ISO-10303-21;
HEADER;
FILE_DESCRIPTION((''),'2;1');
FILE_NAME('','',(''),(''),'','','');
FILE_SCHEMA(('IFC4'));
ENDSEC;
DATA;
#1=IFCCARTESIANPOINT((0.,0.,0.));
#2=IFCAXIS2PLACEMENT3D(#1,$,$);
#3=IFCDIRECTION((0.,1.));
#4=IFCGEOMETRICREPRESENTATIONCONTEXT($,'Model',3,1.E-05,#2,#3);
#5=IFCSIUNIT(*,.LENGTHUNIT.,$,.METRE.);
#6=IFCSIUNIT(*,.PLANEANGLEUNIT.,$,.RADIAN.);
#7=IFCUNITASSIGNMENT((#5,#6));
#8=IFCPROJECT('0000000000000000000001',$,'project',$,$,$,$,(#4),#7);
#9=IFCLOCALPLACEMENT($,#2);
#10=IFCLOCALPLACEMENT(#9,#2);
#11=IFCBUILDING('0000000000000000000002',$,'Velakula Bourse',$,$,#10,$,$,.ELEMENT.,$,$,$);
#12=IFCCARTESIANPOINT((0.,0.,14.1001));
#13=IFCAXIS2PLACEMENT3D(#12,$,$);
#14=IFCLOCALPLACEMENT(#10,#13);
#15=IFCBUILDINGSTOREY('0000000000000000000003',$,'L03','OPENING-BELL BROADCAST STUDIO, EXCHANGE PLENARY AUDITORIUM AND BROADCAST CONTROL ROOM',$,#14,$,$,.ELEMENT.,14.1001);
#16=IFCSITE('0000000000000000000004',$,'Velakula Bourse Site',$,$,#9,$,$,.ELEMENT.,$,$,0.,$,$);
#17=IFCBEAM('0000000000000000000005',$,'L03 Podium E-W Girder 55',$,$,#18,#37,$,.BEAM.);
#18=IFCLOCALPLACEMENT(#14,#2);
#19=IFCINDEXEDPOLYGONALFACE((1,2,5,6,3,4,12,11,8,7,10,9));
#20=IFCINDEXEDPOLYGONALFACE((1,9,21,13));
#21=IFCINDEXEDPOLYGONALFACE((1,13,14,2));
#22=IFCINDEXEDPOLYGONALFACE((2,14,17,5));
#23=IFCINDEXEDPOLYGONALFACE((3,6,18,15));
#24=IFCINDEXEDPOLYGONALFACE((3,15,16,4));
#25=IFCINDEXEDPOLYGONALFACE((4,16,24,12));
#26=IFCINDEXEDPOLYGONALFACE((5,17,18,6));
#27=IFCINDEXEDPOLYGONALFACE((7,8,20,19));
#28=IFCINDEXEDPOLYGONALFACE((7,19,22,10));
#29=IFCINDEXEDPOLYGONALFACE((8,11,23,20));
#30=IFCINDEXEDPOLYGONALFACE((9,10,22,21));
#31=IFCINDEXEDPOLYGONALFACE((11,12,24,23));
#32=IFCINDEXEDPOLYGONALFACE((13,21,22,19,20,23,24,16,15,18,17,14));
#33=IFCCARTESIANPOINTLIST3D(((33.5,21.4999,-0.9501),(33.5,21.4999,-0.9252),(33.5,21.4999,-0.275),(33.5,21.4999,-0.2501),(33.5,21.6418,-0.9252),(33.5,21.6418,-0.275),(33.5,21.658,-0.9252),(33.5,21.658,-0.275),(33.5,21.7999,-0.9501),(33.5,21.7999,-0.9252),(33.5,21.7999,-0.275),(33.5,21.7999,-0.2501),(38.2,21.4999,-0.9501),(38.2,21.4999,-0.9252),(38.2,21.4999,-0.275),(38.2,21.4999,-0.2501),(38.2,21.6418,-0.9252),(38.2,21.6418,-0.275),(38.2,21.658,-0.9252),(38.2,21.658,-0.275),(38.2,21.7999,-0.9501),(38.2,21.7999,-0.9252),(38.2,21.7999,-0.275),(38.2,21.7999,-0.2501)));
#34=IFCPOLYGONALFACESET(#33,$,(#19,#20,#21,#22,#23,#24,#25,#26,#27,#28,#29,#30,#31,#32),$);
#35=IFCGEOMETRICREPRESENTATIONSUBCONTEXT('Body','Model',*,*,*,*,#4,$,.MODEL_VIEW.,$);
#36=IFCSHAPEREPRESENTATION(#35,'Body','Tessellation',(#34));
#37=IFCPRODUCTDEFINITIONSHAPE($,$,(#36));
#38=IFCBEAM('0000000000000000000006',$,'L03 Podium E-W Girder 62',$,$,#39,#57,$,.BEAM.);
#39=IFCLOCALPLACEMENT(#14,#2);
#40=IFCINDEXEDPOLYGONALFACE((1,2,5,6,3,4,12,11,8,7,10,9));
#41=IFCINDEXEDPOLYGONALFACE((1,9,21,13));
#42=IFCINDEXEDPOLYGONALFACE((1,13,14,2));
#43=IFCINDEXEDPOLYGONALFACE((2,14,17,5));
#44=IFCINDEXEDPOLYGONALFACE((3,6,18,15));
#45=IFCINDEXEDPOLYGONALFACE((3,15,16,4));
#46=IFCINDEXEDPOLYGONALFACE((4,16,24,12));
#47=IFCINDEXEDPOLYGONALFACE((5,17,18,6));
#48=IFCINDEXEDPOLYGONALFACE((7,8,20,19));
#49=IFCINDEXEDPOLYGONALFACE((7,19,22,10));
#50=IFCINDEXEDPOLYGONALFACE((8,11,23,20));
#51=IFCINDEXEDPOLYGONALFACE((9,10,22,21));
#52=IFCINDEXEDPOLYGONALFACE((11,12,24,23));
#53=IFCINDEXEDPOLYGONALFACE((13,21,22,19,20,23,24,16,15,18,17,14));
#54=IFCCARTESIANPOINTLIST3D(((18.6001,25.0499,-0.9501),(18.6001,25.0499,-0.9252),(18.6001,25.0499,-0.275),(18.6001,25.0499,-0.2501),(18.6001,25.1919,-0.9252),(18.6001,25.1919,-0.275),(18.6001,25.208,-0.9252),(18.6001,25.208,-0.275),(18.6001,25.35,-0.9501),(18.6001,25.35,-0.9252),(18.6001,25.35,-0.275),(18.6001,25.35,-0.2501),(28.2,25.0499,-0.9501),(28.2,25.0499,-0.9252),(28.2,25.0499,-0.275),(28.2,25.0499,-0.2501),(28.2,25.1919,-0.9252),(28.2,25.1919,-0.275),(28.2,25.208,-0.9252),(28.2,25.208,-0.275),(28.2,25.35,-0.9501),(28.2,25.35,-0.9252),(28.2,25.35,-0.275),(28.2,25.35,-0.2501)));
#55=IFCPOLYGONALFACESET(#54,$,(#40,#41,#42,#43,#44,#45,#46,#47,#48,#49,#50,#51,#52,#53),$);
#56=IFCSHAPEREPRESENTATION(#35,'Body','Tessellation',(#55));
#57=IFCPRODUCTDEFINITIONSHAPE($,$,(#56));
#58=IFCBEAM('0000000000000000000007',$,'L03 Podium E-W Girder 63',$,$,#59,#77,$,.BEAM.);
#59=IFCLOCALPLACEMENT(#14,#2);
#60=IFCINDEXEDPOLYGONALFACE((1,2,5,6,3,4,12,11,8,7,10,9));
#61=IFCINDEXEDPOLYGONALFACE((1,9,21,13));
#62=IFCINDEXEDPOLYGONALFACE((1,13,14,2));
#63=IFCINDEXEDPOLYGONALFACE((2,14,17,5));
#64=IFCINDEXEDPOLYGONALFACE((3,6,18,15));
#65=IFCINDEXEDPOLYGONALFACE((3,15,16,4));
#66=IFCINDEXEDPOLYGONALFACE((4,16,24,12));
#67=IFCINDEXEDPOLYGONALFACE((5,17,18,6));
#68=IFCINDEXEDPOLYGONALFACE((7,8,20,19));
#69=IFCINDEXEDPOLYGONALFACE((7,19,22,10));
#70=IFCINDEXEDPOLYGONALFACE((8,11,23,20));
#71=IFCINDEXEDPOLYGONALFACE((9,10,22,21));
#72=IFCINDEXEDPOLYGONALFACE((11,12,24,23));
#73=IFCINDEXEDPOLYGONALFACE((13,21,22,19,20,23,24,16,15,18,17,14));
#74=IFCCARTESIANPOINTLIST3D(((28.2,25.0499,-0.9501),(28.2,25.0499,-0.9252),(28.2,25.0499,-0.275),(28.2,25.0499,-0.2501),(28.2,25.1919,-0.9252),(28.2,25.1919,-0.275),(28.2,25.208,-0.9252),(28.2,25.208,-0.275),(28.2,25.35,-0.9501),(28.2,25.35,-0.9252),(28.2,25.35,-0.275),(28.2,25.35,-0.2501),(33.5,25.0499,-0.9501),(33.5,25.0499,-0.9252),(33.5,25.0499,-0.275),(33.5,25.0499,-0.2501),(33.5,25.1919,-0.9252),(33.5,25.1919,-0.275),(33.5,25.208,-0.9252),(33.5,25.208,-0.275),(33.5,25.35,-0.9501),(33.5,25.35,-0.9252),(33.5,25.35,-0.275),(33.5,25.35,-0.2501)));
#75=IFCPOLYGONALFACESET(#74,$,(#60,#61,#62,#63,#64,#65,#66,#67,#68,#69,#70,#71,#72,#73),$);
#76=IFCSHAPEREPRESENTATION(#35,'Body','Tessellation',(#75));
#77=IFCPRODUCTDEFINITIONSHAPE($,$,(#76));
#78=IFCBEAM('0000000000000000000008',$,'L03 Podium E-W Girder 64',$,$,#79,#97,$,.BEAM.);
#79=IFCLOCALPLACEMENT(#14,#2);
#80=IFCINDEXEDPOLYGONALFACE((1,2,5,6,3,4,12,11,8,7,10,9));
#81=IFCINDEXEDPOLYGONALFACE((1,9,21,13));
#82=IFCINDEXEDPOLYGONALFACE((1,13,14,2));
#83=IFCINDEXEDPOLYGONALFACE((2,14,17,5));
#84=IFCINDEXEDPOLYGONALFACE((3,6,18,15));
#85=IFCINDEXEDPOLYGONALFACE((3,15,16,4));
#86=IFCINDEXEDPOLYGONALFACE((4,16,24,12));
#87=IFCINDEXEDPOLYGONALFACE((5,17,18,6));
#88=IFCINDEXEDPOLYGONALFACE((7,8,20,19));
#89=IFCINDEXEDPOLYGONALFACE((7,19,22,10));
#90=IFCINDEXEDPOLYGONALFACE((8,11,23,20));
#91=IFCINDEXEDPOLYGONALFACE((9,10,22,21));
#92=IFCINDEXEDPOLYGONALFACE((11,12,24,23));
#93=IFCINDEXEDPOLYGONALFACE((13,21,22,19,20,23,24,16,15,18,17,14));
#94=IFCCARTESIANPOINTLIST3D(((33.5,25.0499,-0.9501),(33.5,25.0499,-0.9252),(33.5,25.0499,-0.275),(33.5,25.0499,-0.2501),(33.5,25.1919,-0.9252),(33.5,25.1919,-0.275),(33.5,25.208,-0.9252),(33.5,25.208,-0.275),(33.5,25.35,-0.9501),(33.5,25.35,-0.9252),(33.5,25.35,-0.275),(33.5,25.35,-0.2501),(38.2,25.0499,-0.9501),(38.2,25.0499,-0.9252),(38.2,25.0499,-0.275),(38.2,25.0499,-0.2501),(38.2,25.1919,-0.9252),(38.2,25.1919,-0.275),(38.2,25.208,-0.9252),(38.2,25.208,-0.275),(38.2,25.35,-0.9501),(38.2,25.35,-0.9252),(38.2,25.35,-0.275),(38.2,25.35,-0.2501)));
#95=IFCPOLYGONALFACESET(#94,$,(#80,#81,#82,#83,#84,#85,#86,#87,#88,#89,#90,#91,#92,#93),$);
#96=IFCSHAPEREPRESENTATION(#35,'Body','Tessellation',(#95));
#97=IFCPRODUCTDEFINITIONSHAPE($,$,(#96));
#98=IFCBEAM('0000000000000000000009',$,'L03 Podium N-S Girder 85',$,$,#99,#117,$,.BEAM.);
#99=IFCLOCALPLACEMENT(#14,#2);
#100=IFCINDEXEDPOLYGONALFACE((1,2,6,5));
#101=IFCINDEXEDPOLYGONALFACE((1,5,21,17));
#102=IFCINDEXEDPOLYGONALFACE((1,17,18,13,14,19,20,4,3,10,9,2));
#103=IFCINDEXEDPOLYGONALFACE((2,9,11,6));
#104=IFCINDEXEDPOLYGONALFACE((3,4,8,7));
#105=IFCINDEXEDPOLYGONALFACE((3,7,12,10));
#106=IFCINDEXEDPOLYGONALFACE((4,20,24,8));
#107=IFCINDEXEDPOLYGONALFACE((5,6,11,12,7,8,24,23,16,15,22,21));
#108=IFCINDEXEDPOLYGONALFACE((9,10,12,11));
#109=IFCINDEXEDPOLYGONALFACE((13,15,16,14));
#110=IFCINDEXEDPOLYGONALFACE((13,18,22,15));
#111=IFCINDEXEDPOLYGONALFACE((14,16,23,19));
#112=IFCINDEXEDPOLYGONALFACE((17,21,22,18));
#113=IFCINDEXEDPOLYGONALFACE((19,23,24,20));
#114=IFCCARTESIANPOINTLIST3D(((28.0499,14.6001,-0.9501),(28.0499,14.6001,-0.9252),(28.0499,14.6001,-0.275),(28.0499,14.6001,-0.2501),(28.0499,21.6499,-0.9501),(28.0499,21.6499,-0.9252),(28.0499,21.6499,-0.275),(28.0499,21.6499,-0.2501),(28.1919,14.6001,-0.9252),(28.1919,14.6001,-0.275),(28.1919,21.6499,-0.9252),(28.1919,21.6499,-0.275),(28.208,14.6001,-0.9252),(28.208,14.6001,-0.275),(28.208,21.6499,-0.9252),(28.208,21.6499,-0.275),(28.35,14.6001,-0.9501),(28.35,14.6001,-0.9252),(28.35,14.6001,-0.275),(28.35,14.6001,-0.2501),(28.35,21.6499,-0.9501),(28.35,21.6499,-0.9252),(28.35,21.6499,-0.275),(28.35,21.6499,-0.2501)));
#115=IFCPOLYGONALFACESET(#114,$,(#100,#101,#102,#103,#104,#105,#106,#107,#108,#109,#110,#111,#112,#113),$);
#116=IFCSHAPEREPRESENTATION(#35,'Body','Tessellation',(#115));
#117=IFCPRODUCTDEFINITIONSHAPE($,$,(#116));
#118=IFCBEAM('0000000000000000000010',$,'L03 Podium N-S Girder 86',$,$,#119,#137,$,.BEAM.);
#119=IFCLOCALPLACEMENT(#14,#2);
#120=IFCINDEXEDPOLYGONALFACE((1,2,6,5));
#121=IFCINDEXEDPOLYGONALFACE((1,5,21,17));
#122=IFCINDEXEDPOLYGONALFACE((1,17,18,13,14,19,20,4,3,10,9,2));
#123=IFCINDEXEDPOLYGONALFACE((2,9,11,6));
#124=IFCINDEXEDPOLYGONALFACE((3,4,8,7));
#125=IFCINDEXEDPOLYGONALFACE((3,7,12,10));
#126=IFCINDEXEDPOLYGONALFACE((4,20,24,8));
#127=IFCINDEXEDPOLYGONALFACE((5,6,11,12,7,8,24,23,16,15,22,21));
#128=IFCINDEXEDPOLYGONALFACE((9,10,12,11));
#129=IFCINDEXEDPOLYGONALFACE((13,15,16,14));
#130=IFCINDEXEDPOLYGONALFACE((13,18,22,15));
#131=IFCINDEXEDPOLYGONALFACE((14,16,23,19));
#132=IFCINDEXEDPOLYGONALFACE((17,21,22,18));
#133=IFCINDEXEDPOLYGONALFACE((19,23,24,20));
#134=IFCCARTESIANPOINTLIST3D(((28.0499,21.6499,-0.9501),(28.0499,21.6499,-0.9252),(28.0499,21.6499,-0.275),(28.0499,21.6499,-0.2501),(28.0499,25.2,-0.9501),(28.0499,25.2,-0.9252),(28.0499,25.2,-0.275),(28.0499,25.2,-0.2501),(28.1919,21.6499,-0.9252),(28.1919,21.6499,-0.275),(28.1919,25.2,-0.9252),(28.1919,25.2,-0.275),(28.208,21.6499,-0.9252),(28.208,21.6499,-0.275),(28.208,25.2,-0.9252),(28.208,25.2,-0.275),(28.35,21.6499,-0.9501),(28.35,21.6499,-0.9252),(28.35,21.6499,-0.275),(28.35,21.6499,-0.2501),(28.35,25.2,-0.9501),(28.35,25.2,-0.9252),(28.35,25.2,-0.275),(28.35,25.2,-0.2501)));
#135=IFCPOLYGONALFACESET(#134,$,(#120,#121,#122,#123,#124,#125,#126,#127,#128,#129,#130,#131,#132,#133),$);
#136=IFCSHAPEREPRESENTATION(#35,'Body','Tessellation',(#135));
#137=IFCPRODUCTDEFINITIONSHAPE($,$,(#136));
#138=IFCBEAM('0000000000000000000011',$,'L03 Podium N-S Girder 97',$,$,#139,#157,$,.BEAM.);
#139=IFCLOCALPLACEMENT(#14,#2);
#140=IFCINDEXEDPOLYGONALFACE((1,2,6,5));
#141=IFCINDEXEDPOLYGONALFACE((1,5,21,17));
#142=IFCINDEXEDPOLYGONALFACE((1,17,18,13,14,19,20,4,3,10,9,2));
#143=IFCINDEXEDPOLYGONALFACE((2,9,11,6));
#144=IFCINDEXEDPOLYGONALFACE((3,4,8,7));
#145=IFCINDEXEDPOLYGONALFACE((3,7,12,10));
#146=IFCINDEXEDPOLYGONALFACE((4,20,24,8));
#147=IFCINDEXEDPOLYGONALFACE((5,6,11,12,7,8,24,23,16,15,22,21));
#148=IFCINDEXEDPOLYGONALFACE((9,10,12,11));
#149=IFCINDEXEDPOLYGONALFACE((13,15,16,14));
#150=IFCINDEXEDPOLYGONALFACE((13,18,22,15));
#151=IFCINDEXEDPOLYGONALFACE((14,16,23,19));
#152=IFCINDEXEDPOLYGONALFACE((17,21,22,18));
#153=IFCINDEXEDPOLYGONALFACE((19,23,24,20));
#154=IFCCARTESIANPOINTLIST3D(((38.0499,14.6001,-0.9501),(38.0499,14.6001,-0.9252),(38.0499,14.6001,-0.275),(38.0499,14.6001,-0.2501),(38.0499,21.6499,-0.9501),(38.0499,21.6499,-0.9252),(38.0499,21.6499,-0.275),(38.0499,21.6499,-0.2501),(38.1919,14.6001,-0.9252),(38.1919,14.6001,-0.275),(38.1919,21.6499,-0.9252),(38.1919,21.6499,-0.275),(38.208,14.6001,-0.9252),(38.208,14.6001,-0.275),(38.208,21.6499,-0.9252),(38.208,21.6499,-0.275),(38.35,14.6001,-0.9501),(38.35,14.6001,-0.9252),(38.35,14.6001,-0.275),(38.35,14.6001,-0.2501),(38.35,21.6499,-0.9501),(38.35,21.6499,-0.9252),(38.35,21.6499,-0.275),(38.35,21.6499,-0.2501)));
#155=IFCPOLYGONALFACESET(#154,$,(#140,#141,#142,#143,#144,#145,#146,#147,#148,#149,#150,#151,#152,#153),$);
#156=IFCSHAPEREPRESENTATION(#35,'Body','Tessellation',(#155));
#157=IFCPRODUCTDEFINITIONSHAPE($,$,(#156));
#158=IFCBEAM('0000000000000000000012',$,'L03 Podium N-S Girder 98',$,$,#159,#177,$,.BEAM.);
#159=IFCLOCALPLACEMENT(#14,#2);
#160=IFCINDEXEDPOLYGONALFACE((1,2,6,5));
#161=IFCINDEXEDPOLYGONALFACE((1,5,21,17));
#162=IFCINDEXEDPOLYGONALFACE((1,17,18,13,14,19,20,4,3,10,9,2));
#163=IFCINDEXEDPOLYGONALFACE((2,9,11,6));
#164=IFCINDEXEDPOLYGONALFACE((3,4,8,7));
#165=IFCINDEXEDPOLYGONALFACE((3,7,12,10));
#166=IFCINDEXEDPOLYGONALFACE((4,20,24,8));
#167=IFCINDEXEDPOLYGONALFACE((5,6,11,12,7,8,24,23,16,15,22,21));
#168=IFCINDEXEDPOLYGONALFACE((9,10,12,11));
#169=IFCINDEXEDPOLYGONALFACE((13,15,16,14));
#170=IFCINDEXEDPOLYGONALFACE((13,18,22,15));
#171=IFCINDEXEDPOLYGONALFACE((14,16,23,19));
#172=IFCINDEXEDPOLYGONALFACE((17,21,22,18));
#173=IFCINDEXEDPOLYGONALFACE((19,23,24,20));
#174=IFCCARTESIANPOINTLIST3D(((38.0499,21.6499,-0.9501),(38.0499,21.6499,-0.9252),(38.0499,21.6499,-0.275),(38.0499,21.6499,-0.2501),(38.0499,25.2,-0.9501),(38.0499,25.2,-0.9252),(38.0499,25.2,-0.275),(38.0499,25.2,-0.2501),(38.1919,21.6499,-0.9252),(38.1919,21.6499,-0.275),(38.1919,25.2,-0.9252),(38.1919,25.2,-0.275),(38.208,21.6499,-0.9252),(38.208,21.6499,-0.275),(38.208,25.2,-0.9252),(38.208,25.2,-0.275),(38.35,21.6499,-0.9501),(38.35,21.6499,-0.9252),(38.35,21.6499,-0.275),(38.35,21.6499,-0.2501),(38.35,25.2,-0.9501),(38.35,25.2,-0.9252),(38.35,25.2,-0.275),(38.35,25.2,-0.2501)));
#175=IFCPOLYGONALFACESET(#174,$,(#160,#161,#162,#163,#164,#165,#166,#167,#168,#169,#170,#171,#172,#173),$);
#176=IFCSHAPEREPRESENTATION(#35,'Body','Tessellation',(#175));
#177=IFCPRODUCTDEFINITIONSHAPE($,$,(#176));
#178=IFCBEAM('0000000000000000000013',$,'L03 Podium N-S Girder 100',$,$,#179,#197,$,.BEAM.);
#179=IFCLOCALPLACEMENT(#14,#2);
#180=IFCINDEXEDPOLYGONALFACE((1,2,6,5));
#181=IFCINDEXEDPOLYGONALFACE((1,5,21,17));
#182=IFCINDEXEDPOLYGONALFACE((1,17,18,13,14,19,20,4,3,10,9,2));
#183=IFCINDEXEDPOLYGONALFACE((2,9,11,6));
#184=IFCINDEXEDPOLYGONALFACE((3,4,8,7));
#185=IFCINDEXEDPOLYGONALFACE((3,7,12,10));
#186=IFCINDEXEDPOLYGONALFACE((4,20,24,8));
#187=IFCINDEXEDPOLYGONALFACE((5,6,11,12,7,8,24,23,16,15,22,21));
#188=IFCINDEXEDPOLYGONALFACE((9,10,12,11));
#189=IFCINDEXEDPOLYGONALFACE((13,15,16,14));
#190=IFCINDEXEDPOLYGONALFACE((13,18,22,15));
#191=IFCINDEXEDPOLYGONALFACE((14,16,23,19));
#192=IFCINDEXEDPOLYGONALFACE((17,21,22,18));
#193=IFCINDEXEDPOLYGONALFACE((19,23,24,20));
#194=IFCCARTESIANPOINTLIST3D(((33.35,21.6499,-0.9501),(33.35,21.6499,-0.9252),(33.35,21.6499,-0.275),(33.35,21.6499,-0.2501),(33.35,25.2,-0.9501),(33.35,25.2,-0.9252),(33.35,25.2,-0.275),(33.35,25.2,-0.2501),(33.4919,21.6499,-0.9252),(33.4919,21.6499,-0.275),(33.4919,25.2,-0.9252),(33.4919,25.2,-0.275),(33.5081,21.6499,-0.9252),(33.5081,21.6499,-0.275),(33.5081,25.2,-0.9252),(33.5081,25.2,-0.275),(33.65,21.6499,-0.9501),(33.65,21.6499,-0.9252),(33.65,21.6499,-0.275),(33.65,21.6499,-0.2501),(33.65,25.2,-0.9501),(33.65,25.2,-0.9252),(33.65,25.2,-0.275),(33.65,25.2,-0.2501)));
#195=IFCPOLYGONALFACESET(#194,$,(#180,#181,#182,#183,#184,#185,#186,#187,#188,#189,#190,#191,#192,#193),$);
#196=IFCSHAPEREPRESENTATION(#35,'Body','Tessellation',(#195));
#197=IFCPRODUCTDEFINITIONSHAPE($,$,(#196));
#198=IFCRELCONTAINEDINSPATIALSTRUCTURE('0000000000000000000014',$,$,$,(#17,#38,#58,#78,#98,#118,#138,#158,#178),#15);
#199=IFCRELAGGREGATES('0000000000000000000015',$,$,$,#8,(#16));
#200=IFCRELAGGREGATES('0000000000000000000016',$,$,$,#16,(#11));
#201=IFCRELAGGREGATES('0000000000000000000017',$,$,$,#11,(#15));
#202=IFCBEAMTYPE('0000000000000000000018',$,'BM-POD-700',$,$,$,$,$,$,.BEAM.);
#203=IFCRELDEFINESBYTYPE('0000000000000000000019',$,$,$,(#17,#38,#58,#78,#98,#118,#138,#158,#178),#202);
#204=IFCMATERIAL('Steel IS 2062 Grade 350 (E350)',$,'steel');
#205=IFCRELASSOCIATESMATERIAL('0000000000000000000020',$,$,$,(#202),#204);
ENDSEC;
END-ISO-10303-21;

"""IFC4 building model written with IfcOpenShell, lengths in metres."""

from ifc_helpers import new_model, si_unit, direction, frame, origin, origin_2d, place, context, subcontext, project, spatial, i_section, extrude, material, material_profile, profile_set, type_object, element, save


model = new_model("IFC4")

# Units and contexts
model_context = context("Model", 3, precision=1e-05, world=origin(), true_north=direction((0.0, 1.0)))
body_context = subcontext(model_context, "Body", "Model", "MODEL_VIEW")
ifc_project = project(units=[si_unit("LENGTHUNIT", "METRE"), si_unit("PLANEANGLEUNIT", "RADIAN")], contexts=[model_context])

# Site, building, storey
site_placement = place(None, origin())
site = spatial("IfcSite", under=ifc_project, at=site_placement, Name="Velakula Bourse Site", CompositionType="ELEMENT", RefElevation=0.0)
building_placement = place(site_placement, origin())
building = spatial("IfcBuilding", under=site, at=building_placement, Name="Velakula Bourse", CompositionType="ELEMENT")
storey_placement = place(building_placement, frame((0.0, 0.0, 14.1001)))
storey = spatial("IfcBuildingStorey", under=building, at=storey_placement, Name="L03", Description="OPENING-BELL BROADCAST STUDIO, EXCHANGE PLENARY AUDITORIUM AND BROADCAST CONTROL ROOM", CompositionType="ELEMENT", Elevation=14.1001)

# Beams
ifc_material_1 = material(Name="Steel IS 2062 Grade 350 (E350)", Category="steel")
ifc_material_profile_1 = material_profile(ifc_material_1, i_section(OverallWidth=0.3, OverallDepth=0.7, WebThickness=0.0161, FlangeThickness=0.0249, at=origin_2d()), Name="Steel IS 2062 Grade 350 (E350)")
ifc_profile_set_1 = profile_set([ifc_material_profile_1], Name="Steel IS 2062 Grade 350 (E350)")
beam_type_1 = type_object("IfcBeamType", Name="BM-POD-700", PredefinedType="BEAM", material=ifc_profile_set_1)
beam_1_placement = place(storey_placement, frame((33.5, 21.6499, -0.6001), z_axis=(1.0, 0.0, 0.0), x_axis=(0.0, 1.0, 0.0)))
element("IfcBeam", 1, at=beam_1_placement, inside=storey, type_object=beam_type_1, Name="L03 Podium E-W Girder 55", PredefinedType="BEAM", context=body_context, shape_type="SweptSolid", body=[
    extrude(i_section(OverallWidth=0.3, OverallDepth=0.7, WebThickness=0.0161, FlangeThickness=0.0249, at=origin_2d()), origin(), (0.0, 0.0, 1.0), 4.7),
])
beam_2_placement = place(storey_placement, frame((18.6001, 25.2, -0.6001), z_axis=(1.0, 0.0, 0.0), x_axis=(0.0, 1.0, 0.0)))
element("IfcBeam", 2, at=beam_2_placement, inside=storey, type_object=beam_type_1, Name="L03 Podium E-W Girder 62", PredefinedType="BEAM", context=body_context, shape_type="SweptSolid", body=[
    extrude(i_section(OverallWidth=0.3, OverallDepth=0.7, WebThickness=0.0161, FlangeThickness=0.0249, at=origin_2d()), origin(), (0.0, 0.0, 1.0), 9.5999),
])
beam_3_placement = place(storey_placement, frame((28.2, 25.2, -0.6001), z_axis=(1.0, 0.0, 0.0), x_axis=(0.0, 1.0, 0.0)))
element("IfcBeam", 3, at=beam_3_placement, inside=storey, type_object=beam_type_1, Name="L03 Podium E-W Girder 63", PredefinedType="BEAM", context=body_context, shape_type="SweptSolid", body=[
    extrude(i_section(OverallWidth=0.3, OverallDepth=0.7, WebThickness=0.0161, FlangeThickness=0.0249, at=origin_2d()), origin(), (0.0, 0.0, 1.0), 5.3),
])
beam_4_placement = place(storey_placement, frame((33.5, 25.2, -0.6001), z_axis=(1.0, 0.0, 0.0), x_axis=(0.0, 1.0, 0.0)))
element("IfcBeam", 4, at=beam_4_placement, inside=storey, type_object=beam_type_1, Name="L03 Podium E-W Girder 64", PredefinedType="BEAM", context=body_context, shape_type="SweptSolid", body=[
    extrude(i_section(OverallWidth=0.3, OverallDepth=0.7, WebThickness=0.0161, FlangeThickness=0.0249, at=origin_2d()), origin(), (0.0, 0.0, 1.0), 4.7),
])
beam_5_placement = place(storey_placement, frame((28.2, 14.6001, -0.6001), z_axis=(0.0, 1.0, 0.0), x_axis=(-1.0, 0.0, 0.0)))
element("IfcBeam", 5, at=beam_5_placement, inside=storey, type_object=beam_type_1, Name="L03 Podium N-S Girder 85", PredefinedType="BEAM", context=body_context, shape_type="SweptSolid", body=[
    extrude(i_section(OverallWidth=0.3, OverallDepth=0.7, WebThickness=0.0161, FlangeThickness=0.0249, at=origin_2d()), origin(), (0.0, 0.0, 1.0), 7.0498),
])
beam_6_placement = place(storey_placement, frame((28.2, 21.6499, -0.6001), z_axis=(0.0, 1.0, 0.0), x_axis=(-1.0, 0.0, 0.0)))
element("IfcBeam", 6, at=beam_6_placement, inside=storey, type_object=beam_type_1, Name="L03 Podium N-S Girder 86", PredefinedType="BEAM", context=body_context, shape_type="SweptSolid", body=[
    extrude(i_section(OverallWidth=0.3, OverallDepth=0.7, WebThickness=0.0161, FlangeThickness=0.0249, at=origin_2d()), origin(), (0.0, 0.0, 1.0), 3.55),
])
beam_7_placement = place(storey_placement, frame((38.2, 14.6001, -0.6001), z_axis=(0.0, 1.0, 0.0), x_axis=(-1.0, 0.0, 0.0)))
element("IfcBeam", 7, at=beam_7_placement, inside=storey, type_object=beam_type_1, Name="L03 Podium N-S Girder 97", PredefinedType="BEAM", context=body_context, shape_type="SweptSolid", body=[
    extrude(i_section(OverallWidth=0.3, OverallDepth=0.7, WebThickness=0.0161, FlangeThickness=0.0249, at=origin_2d()), origin(), (0.0, 0.0, 1.0), 7.0498),
])
for number, where, z_axis, x_axis, name in (
    (8, (38.2, 21.6499, -0.6001), (0.0, 1.0, 0.0), (-1.0, 0.0, 0.0), "L03 Podium N-S Girder 98"),
    (9, (33.5, 21.6499, -0.6001), (0.0, 1.0, 0.0), (-1.0, 0.0, 0.0), "L03 Podium N-S Girder 100"),
):
    element("IfcBeam", number, at=place(storey_placement, frame(where, z_axis=z_axis, x_axis=x_axis)), inside=storey, type_object=beam_type_1, Name=name, PredefinedType="BEAM", context=body_context, shape_type="SweptSolid", body=[
        extrude(i_section(OverallWidth=0.3, OverallDepth=0.7, WebThickness=0.0161, FlangeThickness=0.0249, at=origin_2d()), origin(), (0.0, 0.0, 1.0), 3.55),
    ])

save(model, "model.ifc")
